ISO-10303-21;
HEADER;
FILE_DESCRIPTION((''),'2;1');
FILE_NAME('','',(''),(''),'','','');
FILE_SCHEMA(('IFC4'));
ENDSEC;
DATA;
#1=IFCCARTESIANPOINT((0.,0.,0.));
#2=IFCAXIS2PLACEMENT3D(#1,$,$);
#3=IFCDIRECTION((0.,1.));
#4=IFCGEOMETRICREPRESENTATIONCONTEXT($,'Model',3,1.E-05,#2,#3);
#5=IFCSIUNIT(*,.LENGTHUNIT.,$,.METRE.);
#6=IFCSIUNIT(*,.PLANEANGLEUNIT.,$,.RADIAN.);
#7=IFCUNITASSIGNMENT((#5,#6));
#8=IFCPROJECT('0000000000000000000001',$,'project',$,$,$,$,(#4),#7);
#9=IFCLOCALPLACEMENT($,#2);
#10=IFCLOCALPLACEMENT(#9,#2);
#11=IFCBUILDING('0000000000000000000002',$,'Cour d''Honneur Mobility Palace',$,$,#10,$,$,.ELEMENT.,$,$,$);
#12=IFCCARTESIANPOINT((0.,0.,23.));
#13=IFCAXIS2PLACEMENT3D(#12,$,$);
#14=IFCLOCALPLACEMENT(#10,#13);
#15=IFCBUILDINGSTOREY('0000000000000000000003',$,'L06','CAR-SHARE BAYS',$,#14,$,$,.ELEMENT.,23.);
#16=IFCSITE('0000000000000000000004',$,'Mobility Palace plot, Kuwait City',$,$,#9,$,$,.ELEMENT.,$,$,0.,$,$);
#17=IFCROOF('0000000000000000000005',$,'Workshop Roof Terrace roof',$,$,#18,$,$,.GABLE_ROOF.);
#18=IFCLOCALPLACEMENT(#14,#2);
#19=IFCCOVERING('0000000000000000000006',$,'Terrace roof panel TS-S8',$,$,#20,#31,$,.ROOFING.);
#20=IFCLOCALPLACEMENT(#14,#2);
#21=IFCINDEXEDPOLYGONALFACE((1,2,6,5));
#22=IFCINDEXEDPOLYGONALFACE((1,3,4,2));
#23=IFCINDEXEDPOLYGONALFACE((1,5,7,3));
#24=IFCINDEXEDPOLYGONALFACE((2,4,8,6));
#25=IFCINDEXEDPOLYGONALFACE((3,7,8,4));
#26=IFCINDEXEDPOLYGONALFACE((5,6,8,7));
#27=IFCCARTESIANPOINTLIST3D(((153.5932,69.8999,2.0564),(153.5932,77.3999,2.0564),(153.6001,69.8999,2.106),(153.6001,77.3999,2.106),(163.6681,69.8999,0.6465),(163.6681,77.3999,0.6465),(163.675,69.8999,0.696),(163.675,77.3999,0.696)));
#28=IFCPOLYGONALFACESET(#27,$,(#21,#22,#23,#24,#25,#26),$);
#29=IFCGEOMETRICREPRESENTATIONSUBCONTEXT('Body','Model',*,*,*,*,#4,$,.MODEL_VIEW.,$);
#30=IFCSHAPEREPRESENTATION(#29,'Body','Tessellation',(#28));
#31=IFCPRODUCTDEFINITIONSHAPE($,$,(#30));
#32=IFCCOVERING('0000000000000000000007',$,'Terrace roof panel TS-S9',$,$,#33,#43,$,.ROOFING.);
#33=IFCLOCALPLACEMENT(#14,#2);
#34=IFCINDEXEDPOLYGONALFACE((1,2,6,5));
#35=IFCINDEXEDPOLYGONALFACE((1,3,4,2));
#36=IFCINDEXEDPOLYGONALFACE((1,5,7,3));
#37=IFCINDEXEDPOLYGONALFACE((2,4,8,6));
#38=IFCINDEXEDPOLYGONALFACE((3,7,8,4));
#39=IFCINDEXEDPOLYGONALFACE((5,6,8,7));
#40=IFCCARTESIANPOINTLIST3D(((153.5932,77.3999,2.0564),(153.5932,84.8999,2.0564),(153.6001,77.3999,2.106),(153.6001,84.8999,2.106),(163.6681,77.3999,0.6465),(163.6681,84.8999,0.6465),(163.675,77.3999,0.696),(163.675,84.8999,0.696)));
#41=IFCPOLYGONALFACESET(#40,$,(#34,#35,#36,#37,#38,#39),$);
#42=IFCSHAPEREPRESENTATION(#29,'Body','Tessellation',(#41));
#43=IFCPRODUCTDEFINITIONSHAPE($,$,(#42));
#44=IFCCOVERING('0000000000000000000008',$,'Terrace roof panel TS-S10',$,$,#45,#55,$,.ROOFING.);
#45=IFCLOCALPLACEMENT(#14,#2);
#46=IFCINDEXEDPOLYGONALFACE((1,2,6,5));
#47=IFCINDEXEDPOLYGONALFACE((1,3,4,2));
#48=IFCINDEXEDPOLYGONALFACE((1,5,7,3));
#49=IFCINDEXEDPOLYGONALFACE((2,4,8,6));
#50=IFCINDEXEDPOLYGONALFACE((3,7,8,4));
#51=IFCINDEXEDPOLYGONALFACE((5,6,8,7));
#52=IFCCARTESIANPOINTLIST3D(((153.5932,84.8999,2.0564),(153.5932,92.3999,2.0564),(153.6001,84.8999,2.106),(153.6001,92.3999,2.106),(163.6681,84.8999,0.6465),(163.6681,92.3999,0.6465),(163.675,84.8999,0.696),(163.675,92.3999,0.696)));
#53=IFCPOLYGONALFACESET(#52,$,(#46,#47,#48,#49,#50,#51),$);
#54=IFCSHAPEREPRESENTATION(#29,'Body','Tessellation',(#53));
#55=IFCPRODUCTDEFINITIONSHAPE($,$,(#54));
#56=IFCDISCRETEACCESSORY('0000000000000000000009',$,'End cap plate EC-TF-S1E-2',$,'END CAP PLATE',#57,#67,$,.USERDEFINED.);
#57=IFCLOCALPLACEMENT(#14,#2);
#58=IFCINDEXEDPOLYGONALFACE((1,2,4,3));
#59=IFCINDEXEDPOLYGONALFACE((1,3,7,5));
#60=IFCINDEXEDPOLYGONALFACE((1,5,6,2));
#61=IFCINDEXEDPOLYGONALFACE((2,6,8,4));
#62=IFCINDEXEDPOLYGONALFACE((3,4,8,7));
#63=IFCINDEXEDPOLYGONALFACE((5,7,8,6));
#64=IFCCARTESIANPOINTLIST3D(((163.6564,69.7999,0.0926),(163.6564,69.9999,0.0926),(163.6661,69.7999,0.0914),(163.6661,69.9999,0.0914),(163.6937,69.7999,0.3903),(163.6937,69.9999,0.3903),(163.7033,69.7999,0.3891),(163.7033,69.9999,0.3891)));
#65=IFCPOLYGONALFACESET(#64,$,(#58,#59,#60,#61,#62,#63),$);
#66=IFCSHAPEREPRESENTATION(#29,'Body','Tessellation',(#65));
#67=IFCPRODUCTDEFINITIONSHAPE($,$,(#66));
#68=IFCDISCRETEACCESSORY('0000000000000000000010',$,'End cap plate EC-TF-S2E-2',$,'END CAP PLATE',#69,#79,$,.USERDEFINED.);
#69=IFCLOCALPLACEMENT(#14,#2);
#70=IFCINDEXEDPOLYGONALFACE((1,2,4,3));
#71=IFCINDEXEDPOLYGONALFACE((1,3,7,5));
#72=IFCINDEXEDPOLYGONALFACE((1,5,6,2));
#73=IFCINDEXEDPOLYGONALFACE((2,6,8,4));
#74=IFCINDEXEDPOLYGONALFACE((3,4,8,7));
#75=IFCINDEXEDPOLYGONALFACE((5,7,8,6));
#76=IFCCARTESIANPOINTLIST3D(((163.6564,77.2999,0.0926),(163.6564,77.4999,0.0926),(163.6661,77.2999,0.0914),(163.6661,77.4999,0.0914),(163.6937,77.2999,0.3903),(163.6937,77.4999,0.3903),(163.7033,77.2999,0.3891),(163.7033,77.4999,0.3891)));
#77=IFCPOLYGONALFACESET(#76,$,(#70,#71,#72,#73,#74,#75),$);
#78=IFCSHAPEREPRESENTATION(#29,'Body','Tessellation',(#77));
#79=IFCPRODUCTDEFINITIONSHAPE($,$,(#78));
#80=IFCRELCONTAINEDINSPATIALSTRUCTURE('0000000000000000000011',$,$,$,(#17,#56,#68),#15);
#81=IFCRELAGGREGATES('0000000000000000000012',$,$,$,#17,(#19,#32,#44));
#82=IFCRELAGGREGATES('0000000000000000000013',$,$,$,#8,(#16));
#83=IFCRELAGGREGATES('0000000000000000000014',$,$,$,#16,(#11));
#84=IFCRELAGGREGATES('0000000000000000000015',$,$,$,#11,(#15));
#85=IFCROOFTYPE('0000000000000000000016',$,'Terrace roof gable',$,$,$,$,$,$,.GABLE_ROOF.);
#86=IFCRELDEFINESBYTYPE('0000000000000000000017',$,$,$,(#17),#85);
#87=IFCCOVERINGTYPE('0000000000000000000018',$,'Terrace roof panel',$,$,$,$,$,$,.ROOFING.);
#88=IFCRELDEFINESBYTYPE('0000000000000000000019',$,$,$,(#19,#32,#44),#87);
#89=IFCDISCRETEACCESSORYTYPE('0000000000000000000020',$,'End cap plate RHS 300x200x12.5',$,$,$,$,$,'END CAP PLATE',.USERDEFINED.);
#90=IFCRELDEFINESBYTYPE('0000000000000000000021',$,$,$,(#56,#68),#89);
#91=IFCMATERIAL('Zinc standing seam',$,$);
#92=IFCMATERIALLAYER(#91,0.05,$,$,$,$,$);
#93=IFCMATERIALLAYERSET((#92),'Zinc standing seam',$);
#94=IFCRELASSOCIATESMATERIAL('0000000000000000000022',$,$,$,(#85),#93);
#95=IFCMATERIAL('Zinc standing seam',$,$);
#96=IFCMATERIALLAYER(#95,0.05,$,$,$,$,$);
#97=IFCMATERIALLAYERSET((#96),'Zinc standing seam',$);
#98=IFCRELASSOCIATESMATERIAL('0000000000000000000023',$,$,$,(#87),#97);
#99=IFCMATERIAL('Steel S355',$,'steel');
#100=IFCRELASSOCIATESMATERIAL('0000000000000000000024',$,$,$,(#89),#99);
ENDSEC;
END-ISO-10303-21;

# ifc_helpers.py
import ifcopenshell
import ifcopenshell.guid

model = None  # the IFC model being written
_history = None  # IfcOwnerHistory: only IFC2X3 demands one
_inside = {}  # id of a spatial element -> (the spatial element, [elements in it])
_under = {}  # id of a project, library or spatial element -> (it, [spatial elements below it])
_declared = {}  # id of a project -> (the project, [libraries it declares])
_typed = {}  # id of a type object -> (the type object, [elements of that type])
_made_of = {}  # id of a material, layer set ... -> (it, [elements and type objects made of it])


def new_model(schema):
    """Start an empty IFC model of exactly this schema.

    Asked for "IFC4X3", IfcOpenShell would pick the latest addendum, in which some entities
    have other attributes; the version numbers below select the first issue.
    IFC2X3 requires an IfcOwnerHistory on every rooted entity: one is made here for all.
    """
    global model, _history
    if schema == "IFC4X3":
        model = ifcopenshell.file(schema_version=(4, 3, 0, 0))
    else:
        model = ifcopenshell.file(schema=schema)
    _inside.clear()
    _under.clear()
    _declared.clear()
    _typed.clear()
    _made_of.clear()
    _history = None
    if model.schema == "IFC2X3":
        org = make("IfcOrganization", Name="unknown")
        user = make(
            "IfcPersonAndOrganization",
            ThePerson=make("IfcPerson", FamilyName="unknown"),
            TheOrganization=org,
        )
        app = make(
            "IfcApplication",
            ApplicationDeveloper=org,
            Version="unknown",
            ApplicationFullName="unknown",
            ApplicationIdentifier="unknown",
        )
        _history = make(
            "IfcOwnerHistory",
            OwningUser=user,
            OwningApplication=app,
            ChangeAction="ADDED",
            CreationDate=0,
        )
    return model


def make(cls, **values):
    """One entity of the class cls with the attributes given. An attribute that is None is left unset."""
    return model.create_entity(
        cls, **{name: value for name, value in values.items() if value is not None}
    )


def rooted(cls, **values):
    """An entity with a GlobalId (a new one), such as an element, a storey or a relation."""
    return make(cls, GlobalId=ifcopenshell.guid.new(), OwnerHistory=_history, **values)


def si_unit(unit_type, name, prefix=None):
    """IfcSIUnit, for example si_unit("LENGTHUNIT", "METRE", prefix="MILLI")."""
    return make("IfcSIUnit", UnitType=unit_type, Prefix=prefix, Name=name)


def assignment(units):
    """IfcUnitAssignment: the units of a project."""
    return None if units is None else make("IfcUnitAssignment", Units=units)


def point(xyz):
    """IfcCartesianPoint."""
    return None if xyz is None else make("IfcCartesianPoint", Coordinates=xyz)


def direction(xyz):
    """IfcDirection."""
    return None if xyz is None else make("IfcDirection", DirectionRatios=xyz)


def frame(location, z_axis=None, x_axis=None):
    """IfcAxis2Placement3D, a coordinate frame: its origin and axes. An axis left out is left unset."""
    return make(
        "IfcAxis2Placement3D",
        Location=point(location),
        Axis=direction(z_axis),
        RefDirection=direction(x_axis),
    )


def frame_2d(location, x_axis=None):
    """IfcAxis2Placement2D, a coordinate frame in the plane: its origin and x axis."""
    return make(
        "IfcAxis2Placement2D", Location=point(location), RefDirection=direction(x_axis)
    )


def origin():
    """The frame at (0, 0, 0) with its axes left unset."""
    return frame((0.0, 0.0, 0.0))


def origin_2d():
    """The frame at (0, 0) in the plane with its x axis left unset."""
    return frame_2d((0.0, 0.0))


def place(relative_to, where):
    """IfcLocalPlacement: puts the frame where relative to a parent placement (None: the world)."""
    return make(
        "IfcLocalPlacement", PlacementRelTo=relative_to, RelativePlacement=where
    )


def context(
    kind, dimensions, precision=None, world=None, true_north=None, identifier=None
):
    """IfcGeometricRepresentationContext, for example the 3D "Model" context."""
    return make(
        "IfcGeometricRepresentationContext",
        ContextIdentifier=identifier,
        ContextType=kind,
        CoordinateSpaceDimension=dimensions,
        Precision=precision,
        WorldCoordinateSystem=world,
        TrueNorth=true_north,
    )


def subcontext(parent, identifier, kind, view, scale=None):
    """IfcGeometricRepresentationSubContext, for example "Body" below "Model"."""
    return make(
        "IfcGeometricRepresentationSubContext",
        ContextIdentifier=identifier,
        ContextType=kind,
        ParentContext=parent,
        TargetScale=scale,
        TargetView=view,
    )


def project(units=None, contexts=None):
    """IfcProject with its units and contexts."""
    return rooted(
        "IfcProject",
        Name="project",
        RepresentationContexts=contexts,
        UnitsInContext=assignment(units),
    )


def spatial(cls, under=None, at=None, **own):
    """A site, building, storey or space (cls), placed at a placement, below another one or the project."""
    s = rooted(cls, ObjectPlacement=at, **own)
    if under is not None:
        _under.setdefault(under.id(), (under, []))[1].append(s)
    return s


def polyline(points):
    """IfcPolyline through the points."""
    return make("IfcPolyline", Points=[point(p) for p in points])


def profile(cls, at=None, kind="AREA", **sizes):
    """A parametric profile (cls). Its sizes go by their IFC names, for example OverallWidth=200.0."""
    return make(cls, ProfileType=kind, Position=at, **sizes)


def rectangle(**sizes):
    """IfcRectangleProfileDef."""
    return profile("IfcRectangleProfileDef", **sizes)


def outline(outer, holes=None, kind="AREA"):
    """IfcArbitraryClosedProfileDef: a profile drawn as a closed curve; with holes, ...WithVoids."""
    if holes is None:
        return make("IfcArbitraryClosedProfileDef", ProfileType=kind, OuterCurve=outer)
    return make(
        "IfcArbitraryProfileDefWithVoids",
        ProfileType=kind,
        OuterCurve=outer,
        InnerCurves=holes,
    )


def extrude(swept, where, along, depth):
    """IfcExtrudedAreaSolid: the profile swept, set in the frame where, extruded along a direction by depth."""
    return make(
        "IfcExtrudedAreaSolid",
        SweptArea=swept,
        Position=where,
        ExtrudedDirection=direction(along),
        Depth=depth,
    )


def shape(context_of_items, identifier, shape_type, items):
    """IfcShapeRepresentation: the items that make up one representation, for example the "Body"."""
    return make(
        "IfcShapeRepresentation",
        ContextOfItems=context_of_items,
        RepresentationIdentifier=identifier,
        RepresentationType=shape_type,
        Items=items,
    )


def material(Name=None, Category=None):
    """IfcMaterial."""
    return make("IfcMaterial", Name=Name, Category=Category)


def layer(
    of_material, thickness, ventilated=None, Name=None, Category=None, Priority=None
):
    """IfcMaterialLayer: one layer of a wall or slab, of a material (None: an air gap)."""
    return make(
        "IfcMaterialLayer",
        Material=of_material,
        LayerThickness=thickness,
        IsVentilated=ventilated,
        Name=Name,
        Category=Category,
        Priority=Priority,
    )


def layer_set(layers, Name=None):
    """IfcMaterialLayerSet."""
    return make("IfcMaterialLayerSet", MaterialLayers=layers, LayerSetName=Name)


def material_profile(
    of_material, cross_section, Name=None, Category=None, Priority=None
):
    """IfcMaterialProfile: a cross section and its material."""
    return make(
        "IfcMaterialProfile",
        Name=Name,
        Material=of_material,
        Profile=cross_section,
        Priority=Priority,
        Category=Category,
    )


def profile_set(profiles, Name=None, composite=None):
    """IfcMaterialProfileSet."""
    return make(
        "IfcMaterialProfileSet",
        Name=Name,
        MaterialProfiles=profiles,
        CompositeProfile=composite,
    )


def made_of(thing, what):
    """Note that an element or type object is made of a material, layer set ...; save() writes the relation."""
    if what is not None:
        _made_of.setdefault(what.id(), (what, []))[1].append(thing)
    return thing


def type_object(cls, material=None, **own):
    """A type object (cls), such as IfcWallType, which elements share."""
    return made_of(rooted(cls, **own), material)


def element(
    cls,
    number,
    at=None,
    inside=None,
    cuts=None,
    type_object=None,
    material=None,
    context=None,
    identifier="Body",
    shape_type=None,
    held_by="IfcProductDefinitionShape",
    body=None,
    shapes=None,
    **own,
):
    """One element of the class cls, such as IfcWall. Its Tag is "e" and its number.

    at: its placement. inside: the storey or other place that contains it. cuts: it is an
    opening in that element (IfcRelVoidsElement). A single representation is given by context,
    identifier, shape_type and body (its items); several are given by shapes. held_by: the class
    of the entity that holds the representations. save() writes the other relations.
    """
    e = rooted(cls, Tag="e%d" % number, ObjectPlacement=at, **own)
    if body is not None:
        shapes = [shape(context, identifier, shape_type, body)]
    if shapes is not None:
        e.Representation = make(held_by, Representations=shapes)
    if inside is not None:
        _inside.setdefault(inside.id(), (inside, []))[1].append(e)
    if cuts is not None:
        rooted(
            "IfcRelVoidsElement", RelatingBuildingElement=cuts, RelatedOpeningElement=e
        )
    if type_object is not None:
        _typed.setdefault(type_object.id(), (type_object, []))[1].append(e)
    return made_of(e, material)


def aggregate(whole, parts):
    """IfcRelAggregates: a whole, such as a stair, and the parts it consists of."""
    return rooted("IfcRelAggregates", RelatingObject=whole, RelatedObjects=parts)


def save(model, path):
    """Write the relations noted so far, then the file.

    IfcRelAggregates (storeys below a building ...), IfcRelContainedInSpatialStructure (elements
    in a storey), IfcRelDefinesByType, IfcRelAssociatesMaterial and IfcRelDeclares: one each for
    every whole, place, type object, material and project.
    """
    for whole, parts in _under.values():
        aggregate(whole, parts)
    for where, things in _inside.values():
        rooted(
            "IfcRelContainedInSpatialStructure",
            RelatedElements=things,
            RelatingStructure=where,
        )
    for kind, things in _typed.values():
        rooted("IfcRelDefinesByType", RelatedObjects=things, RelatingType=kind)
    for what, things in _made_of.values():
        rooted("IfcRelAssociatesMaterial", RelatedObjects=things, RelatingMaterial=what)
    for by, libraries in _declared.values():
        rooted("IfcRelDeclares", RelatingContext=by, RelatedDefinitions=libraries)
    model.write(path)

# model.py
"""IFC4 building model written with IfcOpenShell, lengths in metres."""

from ifc_helpers import new_model, si_unit, direction, frame, origin, origin_2d, place, context, subcontext, project, spatial, polyline, rectangle, outline, extrude, material, layer, layer_set, material_profile, profile_set, type_object, element, aggregate, save


model = new_model("IFC4")

# Units and contexts
model_context = context("Model", 3, precision=1e-05, world=origin(), true_north=direction((0.0, 1.0)))
body_context = subcontext(model_context, "Body", "Model", "MODEL_VIEW")
ifc_project = project(units=[si_unit("LENGTHUNIT", "METRE"), si_unit("PLANEANGLEUNIT", "RADIAN")], contexts=[model_context])

# Site, building, storey
site_placement = place(None, origin())
site = spatial("IfcSite", under=ifc_project, at=site_placement, Name="Mobility Palace plot, Kuwait City", CompositionType="ELEMENT", RefElevation=0.0)
building_placement = place(site_placement, origin())
building = spatial("IfcBuilding", under=site, at=building_placement, Name="Cour d'Honneur Mobility Palace", CompositionType="ELEMENT")
storey_placement = place(building_placement, frame((0.0, 0.0, 23.0)))
storey = spatial("IfcBuildingStorey", under=building, at=storey_placement, Name="L06", Description="CAR-SHARE BAYS", CompositionType="ELEMENT", Elevation=23.0)

# Roof, coverings
ifc_material_1 = material(Name="Zinc standing seam")
ifc_layer_1 = layer(ifc_material_1, 0.05)
ifc_layer_set_1 = layer_set([ifc_layer_1], Name="Zinc standing seam")
roof_type = type_object("IfcRoofType", Name="Terrace roof gable", PredefinedType="GABLE_ROOF", material=ifc_layer_set_1)
roof_placement = place(storey_placement, origin())
roof = element("IfcRoof", 1, at=roof_placement, inside=storey, type_object=roof_type, Name="Workshop Roof Terrace roof", PredefinedType="GABLE_ROOF")
ifc_material_2 = material(Name="Zinc standing seam")
ifc_layer_2 = layer(ifc_material_2, 0.05)
ifc_layer_set_2 = layer_set([ifc_layer_2], Name="Zinc standing seam")
covering_type = type_object("IfcCoveringType", Name="Terrace roof panel", PredefinedType="ROOFING", material=ifc_layer_set_2)
covering_1_placement = place(storey_placement, frame((153.6001, 69.8999, 2.106), z_axis=(0.138592, 0.0, 0.99035), x_axis=(0.99035, 0.0, -0.138592)))
covering_1 = element("IfcCovering", 2, at=covering_1_placement, type_object=covering_type, Name="Terrace roof panel TS-S8", PredefinedType="ROOFING", context=body_context, shape_type="SweptSolid", body=[
    extrude(outline(polyline([(0.0, 0.0), (10.1731, 0.0), (10.1731, 7.5), (0.0, 7.5), (0.0, 0.0)])), origin(), (0.0, 0.0, -1.0), 0.05),
])
covering_2_placement = place(storey_placement, frame((153.6001, 77.3999, 2.106), z_axis=(0.138592, 0.0, 0.99035), x_axis=(0.99035, 0.0, -0.138592)))
covering_2 = element("IfcCovering", 3, at=covering_2_placement, type_object=covering_type, Name="Terrace roof panel TS-S9", PredefinedType="ROOFING", context=body_context, shape_type="SweptSolid", body=[
    extrude(outline(polyline([(0.0, 0.0), (10.1731, 0.0), (10.1731, 7.5), (0.0, 7.5), (0.0, 0.0)])), origin(), (0.0, 0.0, -1.0), 0.05),
])
covering_3_placement = place(storey_placement, frame((153.6001, 84.8999, 2.106), z_axis=(0.138592, 0.0, 0.99035), x_axis=(0.99035, 0.0, -0.138592)))
covering_3 = element("IfcCovering", 4, at=covering_3_placement, type_object=covering_type, Name="Terrace roof panel TS-S10", PredefinedType="ROOFING", context=body_context, shape_type="SweptSolid", body=[
    extrude(outline(polyline([(0.0, 0.0), (10.1731, 0.0), (10.1731, 7.5), (0.0, 7.5), (0.0, 0.0)])), origin(), (0.0, 0.0, -1.0), 0.05),
])
aggregate(roof, [covering_1, covering_2, covering_3])

# Discrete accessories
ifc_material_3 = material(Name="Steel S355", Category="steel")
ifc_material_profile_1 = material_profile(ifc_material_3, rectangle(XDim=0.2, YDim=0.3, at=origin_2d()), Name="PL 300x200x10")
ifc_profile_set_1 = profile_set([ifc_material_profile_1], Name="Steel S355")
discrete_accessory_type = type_object("IfcDiscreteAccessoryType", Name="End cap plate RHS 300x200x12.5", ElementType="END CAP PLATE", PredefinedType="USERDEFINED", material=ifc_profile_set_1)
for number, where, z_axis, x_axis, name in (
    (5, (163.675, 69.8999, 0.2415), (0.992278, 0.0, -0.124035), (0.0, 1.0, 0.0), "End cap plate EC-TF-S1E-2"),
    (6, (163.675, 77.3999, 0.2415), (0.992278, 0.0, -0.124035), (0.0, 1.0, 0.0), "End cap plate EC-TF-S2E-2"),
):
    element("IfcDiscreteAccessory", number, at=place(storey_placement, frame(where, z_axis=z_axis, x_axis=x_axis)), inside=storey, type_object=discrete_accessory_type, Name=name, ObjectType="END CAP PLATE", PredefinedType="USERDEFINED", context=body_context, shape_type="SweptSolid", body=[
        extrude(rectangle(XDim=0.2, YDim=0.3, at=origin_2d()), origin(), (0.0, 0.0, 1.0), 0.0098),
    ])

save(model, "model.ifc")
